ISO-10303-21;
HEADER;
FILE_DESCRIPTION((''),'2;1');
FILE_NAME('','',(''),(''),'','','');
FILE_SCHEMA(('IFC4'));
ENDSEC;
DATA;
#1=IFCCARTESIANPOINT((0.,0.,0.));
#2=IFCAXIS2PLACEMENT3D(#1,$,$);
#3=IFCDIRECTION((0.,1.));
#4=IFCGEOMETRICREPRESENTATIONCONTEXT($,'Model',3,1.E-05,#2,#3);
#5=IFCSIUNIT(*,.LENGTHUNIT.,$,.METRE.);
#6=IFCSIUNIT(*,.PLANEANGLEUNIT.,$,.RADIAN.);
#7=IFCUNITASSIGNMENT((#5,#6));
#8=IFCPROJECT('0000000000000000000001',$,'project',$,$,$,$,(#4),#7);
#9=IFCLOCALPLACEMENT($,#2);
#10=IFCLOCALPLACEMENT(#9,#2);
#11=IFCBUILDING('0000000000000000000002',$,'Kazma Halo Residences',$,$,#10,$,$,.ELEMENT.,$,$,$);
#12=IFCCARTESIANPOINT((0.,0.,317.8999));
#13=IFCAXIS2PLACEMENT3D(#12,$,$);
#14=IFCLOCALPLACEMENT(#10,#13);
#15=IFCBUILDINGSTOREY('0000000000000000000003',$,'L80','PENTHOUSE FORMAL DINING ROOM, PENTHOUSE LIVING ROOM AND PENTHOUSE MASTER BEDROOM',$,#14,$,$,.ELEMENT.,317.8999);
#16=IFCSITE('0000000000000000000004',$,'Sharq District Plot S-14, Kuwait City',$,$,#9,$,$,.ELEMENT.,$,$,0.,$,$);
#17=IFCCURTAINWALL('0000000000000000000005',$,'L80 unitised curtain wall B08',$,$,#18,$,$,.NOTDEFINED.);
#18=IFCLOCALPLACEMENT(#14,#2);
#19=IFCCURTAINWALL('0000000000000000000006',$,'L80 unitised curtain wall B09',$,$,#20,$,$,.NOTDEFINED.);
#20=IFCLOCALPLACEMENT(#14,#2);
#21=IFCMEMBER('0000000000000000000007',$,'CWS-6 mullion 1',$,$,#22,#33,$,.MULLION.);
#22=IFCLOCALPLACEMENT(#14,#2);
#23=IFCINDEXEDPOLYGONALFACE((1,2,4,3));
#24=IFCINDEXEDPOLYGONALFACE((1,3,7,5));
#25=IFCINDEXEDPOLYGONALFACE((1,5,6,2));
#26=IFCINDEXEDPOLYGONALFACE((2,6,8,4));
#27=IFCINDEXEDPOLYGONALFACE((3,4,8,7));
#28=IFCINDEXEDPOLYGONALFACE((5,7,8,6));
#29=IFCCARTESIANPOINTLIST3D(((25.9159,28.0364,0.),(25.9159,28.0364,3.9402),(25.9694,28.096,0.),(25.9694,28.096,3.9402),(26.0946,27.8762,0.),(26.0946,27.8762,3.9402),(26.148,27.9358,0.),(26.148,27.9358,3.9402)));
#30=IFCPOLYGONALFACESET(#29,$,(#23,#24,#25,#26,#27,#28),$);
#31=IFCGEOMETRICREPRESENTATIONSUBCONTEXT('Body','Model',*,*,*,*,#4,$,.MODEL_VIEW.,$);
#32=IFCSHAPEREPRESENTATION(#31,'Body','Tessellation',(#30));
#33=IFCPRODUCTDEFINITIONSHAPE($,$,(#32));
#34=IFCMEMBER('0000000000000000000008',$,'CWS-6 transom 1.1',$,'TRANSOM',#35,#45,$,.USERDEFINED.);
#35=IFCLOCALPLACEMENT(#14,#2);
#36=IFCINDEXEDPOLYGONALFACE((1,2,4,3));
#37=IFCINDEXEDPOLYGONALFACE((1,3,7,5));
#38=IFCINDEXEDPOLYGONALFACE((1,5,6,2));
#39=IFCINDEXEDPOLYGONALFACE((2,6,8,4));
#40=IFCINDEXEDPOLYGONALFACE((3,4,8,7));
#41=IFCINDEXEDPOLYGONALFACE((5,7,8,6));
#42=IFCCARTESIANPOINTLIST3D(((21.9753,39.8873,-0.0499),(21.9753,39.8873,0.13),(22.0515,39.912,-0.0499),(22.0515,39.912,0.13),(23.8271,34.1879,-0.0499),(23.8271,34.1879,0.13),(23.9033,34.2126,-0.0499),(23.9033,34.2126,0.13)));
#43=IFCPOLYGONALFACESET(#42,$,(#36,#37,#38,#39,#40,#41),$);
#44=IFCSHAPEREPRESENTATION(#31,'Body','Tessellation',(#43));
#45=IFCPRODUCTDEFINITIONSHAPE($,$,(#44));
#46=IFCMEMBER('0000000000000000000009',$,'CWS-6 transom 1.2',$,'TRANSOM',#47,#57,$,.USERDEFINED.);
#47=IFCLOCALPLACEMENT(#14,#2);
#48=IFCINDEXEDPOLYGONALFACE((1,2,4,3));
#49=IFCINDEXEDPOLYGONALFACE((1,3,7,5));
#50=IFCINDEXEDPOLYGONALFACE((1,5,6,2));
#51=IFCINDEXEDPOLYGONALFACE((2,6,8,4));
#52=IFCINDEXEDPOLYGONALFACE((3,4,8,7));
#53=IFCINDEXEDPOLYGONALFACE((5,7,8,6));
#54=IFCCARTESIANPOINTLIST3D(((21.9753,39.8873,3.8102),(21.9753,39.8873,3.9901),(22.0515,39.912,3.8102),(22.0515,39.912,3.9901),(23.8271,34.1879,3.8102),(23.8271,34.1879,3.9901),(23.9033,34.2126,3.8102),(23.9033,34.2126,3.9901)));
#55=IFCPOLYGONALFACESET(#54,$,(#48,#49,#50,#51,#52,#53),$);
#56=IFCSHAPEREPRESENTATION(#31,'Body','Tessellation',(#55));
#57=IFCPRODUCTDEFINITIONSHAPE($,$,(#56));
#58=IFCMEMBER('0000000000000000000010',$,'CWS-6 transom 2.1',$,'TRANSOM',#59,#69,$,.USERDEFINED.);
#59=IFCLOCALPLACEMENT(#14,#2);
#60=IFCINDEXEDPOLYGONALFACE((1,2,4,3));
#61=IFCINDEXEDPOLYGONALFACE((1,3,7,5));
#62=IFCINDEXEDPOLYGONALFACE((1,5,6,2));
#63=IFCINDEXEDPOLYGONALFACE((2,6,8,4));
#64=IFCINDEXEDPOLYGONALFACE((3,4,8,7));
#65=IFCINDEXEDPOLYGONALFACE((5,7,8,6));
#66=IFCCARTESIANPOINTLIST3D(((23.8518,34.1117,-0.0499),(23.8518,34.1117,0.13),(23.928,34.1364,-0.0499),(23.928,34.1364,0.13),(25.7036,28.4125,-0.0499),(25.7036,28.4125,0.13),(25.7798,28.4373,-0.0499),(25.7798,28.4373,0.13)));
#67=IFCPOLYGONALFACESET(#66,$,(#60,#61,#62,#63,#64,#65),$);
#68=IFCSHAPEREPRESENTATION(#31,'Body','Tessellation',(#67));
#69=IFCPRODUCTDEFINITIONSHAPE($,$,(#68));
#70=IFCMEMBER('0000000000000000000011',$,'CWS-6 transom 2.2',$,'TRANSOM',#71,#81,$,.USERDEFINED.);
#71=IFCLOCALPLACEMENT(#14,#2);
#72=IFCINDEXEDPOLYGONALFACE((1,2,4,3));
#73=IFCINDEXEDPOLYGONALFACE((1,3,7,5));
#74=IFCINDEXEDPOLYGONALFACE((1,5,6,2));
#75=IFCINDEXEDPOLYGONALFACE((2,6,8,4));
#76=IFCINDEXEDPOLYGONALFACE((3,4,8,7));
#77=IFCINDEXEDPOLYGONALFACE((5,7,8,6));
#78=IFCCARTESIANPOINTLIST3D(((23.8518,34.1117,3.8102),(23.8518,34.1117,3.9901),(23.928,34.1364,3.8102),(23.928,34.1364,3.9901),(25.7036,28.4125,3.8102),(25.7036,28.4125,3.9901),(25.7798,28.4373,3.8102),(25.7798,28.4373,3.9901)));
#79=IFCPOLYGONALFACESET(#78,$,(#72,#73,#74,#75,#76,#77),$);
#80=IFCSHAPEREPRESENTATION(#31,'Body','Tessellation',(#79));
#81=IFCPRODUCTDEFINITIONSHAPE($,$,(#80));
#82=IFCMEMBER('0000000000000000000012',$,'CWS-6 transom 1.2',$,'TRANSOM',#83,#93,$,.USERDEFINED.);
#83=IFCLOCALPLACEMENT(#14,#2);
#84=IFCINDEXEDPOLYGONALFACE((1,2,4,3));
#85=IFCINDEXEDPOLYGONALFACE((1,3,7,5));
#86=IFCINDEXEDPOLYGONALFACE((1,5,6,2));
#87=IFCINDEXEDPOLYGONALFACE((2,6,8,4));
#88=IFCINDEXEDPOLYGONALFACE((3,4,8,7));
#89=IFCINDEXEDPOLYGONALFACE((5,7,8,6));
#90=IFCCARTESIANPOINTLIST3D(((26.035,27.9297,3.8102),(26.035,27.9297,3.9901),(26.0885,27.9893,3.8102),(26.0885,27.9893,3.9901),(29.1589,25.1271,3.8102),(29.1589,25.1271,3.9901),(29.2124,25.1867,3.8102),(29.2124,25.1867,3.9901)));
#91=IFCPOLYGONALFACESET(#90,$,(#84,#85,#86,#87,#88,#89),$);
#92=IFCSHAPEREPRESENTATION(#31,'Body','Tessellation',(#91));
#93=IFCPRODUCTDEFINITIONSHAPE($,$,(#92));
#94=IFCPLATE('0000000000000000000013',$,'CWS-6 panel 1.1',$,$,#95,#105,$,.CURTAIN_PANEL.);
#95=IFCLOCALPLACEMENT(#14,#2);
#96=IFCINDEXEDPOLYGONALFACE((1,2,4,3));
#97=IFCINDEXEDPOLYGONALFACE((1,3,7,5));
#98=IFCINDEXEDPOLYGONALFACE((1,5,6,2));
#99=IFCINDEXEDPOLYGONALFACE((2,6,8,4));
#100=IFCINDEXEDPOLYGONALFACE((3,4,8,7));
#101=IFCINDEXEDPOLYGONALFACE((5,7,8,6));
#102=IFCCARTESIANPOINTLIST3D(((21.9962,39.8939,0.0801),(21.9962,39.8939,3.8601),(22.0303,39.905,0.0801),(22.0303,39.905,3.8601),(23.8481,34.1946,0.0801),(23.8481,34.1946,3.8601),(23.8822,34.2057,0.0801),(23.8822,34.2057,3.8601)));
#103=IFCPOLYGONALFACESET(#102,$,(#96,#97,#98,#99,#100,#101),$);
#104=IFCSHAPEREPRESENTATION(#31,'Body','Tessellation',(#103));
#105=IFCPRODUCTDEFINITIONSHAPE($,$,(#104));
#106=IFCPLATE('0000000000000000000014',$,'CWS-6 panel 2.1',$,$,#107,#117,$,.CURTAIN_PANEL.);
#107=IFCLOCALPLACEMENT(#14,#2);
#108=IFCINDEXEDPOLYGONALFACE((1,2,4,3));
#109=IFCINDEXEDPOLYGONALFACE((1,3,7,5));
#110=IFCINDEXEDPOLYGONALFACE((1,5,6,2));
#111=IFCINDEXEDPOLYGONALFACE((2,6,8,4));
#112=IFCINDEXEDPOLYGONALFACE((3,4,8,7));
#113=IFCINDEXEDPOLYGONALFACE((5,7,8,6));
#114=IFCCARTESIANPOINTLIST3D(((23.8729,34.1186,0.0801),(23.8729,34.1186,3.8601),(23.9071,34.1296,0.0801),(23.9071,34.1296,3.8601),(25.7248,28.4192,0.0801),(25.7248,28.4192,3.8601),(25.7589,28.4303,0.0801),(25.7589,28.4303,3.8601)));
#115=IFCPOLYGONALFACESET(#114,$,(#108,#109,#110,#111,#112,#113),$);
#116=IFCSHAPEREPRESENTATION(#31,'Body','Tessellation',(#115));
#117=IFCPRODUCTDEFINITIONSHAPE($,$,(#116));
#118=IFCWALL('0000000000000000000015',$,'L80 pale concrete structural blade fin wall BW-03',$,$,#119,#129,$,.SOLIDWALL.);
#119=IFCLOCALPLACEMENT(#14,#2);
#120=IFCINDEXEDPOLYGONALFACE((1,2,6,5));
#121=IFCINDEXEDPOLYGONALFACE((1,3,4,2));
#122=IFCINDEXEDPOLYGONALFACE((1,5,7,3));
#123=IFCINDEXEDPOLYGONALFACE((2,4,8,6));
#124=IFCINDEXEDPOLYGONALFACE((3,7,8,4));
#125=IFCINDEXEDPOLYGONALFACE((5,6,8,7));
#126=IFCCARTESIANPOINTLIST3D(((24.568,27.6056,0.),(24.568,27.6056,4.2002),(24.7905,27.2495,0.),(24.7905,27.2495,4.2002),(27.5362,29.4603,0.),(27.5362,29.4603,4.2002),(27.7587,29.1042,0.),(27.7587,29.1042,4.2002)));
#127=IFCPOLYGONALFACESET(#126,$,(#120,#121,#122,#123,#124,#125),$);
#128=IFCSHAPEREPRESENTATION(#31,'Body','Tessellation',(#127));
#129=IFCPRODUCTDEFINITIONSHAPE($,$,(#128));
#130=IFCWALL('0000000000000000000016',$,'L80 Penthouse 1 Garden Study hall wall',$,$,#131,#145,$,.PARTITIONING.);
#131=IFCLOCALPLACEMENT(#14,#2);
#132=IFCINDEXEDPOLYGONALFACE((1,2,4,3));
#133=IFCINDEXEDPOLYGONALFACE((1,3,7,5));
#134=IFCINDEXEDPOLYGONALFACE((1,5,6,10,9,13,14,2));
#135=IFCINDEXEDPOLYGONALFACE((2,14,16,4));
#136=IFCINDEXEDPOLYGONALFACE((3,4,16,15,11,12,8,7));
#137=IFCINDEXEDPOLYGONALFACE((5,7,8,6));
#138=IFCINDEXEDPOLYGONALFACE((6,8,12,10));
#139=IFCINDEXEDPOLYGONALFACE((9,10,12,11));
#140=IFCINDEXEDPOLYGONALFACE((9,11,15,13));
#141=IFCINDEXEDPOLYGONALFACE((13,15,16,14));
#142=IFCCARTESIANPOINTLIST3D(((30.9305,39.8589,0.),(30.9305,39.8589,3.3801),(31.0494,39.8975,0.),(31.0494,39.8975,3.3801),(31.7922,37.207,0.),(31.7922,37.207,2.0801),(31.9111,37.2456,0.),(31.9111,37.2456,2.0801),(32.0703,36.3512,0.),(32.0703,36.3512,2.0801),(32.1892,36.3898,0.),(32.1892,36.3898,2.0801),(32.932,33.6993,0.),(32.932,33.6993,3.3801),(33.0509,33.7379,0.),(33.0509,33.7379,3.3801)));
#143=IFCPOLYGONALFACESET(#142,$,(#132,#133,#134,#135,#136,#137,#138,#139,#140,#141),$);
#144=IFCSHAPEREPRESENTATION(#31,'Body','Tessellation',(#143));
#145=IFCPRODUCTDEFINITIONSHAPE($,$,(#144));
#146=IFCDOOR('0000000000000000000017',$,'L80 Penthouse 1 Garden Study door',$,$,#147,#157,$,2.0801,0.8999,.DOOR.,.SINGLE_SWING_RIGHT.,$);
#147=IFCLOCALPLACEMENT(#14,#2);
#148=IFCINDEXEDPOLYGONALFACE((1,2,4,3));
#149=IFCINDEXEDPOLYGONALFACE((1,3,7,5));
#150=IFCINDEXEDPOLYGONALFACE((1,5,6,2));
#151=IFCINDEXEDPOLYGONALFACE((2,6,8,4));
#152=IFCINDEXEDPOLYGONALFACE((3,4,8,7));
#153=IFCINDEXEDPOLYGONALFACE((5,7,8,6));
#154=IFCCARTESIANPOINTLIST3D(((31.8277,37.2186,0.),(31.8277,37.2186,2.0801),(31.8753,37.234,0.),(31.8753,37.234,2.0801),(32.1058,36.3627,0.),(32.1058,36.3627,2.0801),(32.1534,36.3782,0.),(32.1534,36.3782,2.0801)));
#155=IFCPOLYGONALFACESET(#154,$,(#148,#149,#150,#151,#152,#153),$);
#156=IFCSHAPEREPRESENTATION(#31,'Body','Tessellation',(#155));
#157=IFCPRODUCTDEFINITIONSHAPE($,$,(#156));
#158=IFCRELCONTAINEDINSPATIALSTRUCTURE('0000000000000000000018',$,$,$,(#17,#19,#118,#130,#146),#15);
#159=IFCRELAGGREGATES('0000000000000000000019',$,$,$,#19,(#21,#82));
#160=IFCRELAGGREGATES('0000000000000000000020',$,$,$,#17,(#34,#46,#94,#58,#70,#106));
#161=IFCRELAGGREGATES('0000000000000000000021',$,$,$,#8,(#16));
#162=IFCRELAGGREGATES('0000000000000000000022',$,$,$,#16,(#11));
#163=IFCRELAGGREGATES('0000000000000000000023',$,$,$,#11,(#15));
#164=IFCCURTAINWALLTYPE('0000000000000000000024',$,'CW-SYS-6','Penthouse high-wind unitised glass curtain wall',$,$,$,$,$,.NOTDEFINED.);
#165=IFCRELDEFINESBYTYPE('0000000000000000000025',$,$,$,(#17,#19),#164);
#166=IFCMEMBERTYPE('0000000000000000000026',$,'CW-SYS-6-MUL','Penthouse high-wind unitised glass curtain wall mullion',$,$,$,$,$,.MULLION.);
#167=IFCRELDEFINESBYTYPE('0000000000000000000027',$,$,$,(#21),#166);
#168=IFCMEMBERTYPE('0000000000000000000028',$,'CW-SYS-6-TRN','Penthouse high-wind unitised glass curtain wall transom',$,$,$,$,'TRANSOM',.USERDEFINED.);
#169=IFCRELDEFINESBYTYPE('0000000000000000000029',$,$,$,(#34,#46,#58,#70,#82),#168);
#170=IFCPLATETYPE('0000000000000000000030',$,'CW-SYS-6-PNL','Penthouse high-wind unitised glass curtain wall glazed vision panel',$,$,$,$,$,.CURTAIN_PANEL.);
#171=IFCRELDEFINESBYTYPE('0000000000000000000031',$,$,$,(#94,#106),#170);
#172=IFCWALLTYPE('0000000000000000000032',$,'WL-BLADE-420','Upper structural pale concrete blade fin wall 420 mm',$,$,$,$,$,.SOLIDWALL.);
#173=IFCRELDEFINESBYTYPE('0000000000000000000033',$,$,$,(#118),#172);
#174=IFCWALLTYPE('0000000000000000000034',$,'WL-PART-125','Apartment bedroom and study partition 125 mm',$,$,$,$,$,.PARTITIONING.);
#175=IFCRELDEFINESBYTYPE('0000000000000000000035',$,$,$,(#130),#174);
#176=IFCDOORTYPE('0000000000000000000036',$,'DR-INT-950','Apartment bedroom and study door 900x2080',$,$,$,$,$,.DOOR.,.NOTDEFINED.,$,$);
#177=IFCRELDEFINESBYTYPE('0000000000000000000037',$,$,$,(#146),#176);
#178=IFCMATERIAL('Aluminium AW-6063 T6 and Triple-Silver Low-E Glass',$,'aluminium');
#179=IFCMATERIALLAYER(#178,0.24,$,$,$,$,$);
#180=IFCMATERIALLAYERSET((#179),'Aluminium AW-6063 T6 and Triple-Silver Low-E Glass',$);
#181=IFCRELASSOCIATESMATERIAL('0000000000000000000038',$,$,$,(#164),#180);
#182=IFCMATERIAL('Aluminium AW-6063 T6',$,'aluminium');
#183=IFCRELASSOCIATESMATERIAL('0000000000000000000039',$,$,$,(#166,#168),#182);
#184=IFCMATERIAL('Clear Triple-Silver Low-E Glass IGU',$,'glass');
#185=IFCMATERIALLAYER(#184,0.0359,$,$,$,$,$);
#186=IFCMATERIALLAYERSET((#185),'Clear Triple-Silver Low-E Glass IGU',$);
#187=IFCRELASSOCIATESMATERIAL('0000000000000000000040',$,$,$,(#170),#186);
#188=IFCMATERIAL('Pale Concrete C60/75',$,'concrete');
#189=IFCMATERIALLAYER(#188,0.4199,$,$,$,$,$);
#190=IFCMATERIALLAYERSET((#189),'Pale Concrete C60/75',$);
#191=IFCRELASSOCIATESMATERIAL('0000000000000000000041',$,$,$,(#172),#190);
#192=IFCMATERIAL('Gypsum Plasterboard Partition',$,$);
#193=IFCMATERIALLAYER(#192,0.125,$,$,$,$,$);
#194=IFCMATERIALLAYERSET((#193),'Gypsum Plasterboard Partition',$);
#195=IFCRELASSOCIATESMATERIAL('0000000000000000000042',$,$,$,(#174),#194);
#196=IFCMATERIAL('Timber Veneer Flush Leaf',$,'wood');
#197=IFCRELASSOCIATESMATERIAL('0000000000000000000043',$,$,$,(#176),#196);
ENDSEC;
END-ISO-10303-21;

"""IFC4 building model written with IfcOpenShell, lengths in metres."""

from ifc_helpers import new_model, si_unit, direction, frame, frame_2d, origin, origin_2d, place, context, subcontext, project, spatial, rectangle, extrude, material, layer, layer_set, material_profile, profile_set, type_object, element, fill, aggregate, save


model = new_model("IFC4")

# Units and contexts
model_context = context("Model", 3, precision=1e-05, world=origin(), true_north=direction((0.0, 1.0)))
body_context = subcontext(model_context, "Body", "Model", "MODEL_VIEW")
ifc_project = project(units=[si_unit("LENGTHUNIT", "METRE"), si_unit("PLANEANGLEUNIT", "RADIAN")], contexts=[model_context])

# Site, building, storey
site_placement = place(None, origin())
site = spatial("IfcSite", under=ifc_project, at=site_placement, Name="Sharq District Plot S-14, Kuwait City", CompositionType="ELEMENT", RefElevation=0.0)
building_placement = place(site_placement, origin())
building = spatial("IfcBuilding", under=site, at=building_placement, Name="Kazma Halo Residences", CompositionType="ELEMENT")
storey_placement = place(building_placement, frame((0.0, 0.0, 317.8999)))
storey = spatial("IfcBuildingStorey", under=building, at=storey_placement, Name="L80", Description="PENTHOUSE FORMAL DINING ROOM, PENTHOUSE LIVING ROOM AND PENTHOUSE MASTER BEDROOM", CompositionType="ELEMENT", Elevation=317.8999)

# Curtain wall
ifc_material_1 = material(Name="Aluminium AW-6063 T6 and Triple-Silver Low-E Glass", Category="aluminium")
ifc_layer_1 = layer(ifc_material_1, 0.24)
ifc_layer_set_1 = layer_set([ifc_layer_1], Name="Aluminium AW-6063 T6 and Triple-Silver Low-E Glass")
curtain_wall_type = type_object("IfcCurtainWallType", Name="CW-SYS-6", Description="Penthouse high-wind unitised glass curtain wall", PredefinedType="NOTDEFINED", material=ifc_layer_set_1)
curtain_wall_1_placement = place(storey_placement, origin())
curtain_wall_1 = element("IfcCurtainWall", 1, at=curtain_wall_1_placement, inside=storey, type_object=curtain_wall_type, Name="L80 unitised curtain wall B08", PredefinedType="NOTDEFINED")
ifc_material_2 = material(Name="Aluminium AW-6063 T6", Category="aluminium")
ifc_material_profile_1 = material_profile(ifc_material_2, rectangle(XDim=0.0801, YDim=0.24, at=origin_2d()), Name="CWM-80x240")
ifc_profile_set_1 = profile_set([ifc_material_profile_1], Name="Aluminium AW-6063 T6")
member_type_1 = type_object("IfcMemberType", Name="CW-SYS-6-MUL", Description="Penthouse high-wind unitised glass curtain wall mullion", PredefinedType="MULLION", material=ifc_profile_set_1)

# Curtain wall, member
curtain_wall_2_placement = place(storey_placement, origin())
curtain_wall_2 = element("IfcCurtainWall", 2, at=curtain_wall_2_placement, inside=storey, type_object=curtain_wall_type, Name="L80 unitised curtain wall B09", PredefinedType="NOTDEFINED")
member_1_placement = place(storey_placement, frame((26.032, 27.9861, 0.0), z_axis=(0.0, 0.0, 1.0), x_axis=(0.667758, 0.744379, 0.0)))
member_1 = element("IfcMember", 3, at=member_1_placement, type_object=member_type_1, Name="CWS-6 mullion 1", PredefinedType="MULLION", context=body_context, shape_type="SweptSolid", body=[
    extrude(rectangle(XDim=0.0801, YDim=0.24, at=origin_2d()), origin(), (0.0, 0.0, 1.0), 3.9402),
])

# Members
ifc_material_profile_2 = material_profile(ifc_material_2, rectangle(XDim=0.0801, YDim=0.1799, at=origin_2d()), Name="CWT-80x180")
ifc_profile_set_2 = profile_set([ifc_material_profile_2], Name="Aluminium AW-6063 T6")
member_type_2 = type_object("IfcMemberType", Name="CW-SYS-6-TRN", Description="Penthouse high-wind unitised glass curtain wall transom", ElementType="TRANSOM", PredefinedType="USERDEFINED", material=ifc_profile_set_2)
member_2_placement = place(storey_placement, frame((22.0134, 39.8997, 0.04), z_axis=(0.309008, -0.95106, 0.0), x_axis=(0.95106, 0.309008, 0.0)))
member_2 = element("IfcMember", 4, at=member_2_placement, type_object=member_type_2, Name="CWS-6 transom 1.1", ObjectType="TRANSOM", PredefinedType="USERDEFINED", context=body_context, shape_type="SweptSolid", body=[
    extrude(rectangle(XDim=0.0801, YDim=0.1799, at=origin_2d()), origin(), (0.0, 0.0, 1.0), 5.9927),
])
member_3_placement = place(storey_placement, frame((22.0134, 39.8997, 3.9001), z_axis=(0.309008, -0.95106, 0.0), x_axis=(0.95106, 0.309008, 0.0)))
member_3 = element("IfcMember", 5, at=member_3_placement, type_object=member_type_2, Name="CWS-6 transom 1.2", ObjectType="TRANSOM", PredefinedType="USERDEFINED", context=body_context, shape_type="SweptSolid", body=[
    extrude(rectangle(XDim=0.0801, YDim=0.1799, at=origin_2d()), origin(), (0.0, 0.0, 1.0), 5.9927),
])
member_4_placement = place(storey_placement, frame((23.8899, 34.124, 0.04), z_axis=(0.30902, -0.951056, 0.0), x_axis=(0.951056, 0.30902, 0.0)))
member_4 = element("IfcMember", 6, at=member_4_placement, type_object=member_type_2, Name="CWS-6 transom 2.1", ObjectType="TRANSOM", PredefinedType="USERDEFINED", context=body_context, shape_type="SweptSolid", body=[
    extrude(rectangle(XDim=0.0801, YDim=0.1799, at=origin_2d()), origin(), (0.0, 0.0, 1.0), 5.9924),
])
member_5_placement = place(storey_placement, frame((23.8899, 34.124, 3.9001), z_axis=(0.30902, -0.951056, 0.0), x_axis=(0.951056, 0.30902, 0.0)))
member_5 = element("IfcMember", 7, at=member_5_placement, type_object=member_type_2, Name="CWS-6 transom 2.2", ObjectType="TRANSOM", PredefinedType="USERDEFINED", context=body_context, shape_type="SweptSolid", body=[
    extrude(rectangle(XDim=0.0801, YDim=0.1799, at=origin_2d()), origin(), (0.0, 0.0, 1.0), 5.9924),
])
member_6_placement = place(storey_placement, frame((26.0618, 27.9595, 3.9001), z_axis=(0.744349, -0.667791, 0.0), x_axis=(0.667791, 0.744349, 0.0)))
member_6 = element("IfcMember", 8, at=member_6_placement, type_object=member_type_2, Name="CWS-6 transom 1.2", ObjectType="TRANSOM", PredefinedType="USERDEFINED", context=body_context, shape_type="SweptSolid", body=[
    extrude(rectangle(XDim=0.0801, YDim=0.1799, at=origin_2d()), origin(), (0.0, 0.0, 1.0), 4.1968),
])
aggregate(curtain_wall_2, [member_1, member_6])

# Plates
ifc_material_3 = material(Name="Clear Triple-Silver Low-E Glass IGU", Category="glass")
ifc_layer_2 = layer(ifc_material_3, 0.0359)
ifc_layer_set_2 = layer_set([ifc_layer_2], Name="Clear Triple-Silver Low-E Glass IGU")
plate_type = type_object("IfcPlateType", Name="CW-SYS-6-PNL", Description="Penthouse high-wind unitised glass curtain wall glazed vision panel", PredefinedType="CURTAIN_PANEL", material=ifc_layer_set_2)
plate_1_placement = place(storey_placement, frame((22.9392, 37.0498, 0.0801), z_axis=(0.0, 0.0, 1.0), x_axis=(0.309019, -0.951056, 0.0)))
plate_1 = element("IfcPlate", 9, at=plate_1_placement, type_object=plate_type, Name="CWS-6 panel 1.1", PredefinedType="CURTAIN_PANEL", context=body_context, shape_type="SweptSolid", body=[
    extrude(rectangle(XDim=5.9927, YDim=0.0359, at=origin_2d()), origin(), (0.0, 0.0, 1.0), 3.78),
])
plate_2_placement = place(storey_placement, frame((24.8159, 31.2744, 0.0801), z_axis=(0.0, 0.0, 1.0), x_axis=(0.309019, -0.951056, 0.0)))
plate_2 = element("IfcPlate", 10, at=plate_2_placement, type_object=plate_type, Name="CWS-6 panel 2.1", PredefinedType="CURTAIN_PANEL", context=body_context, shape_type="SweptSolid", body=[
    extrude(rectangle(XDim=5.9927, YDim=0.0359, at=origin_2d()), origin(), (0.0, 0.0, 1.0), 3.78),
])
aggregate(curtain_wall_1, [member_2, member_3, plate_1, member_4, member_5, plate_2])

# Wall
ifc_material_4 = material(Name="Pale Concrete C60/75", Category="concrete")
ifc_layer_3 = layer(ifc_material_4, 0.4199)
ifc_layer_set_3 = layer_set([ifc_layer_3], Name="Pale Concrete C60/75")
wall_type_1 = type_object("IfcWallType", Name="WL-BLADE-420", Description="Upper structural pale concrete blade fin wall 420 mm", PredefinedType="SOLIDWALL", material=ifc_layer_set_3)
wall_1_placement = place(storey_placement, frame((27.6475, 29.2822, 0.0), z_axis=(0.0, 0.0, 1.0), x_axis=(-0.848053, -0.529911, 0.0)))
element("IfcWall", 11, at=wall_1_placement, inside=storey, type_object=wall_type_1, Name="L80 pale concrete structural blade fin wall BW-03", PredefinedType="SOLIDWALL", context=body_context, shape_type="SweptSolid", body=[
    extrude(rectangle(XDim=3.5, YDim=0.4199, at=frame_2d((1.75, 0.0))), origin(), (0.0, 0.0, 1.0), 4.2002),
])

# Wall, opening, door
ifc_material_5 = material(Name="Gypsum Plasterboard Partition")
ifc_layer_4 = layer(ifc_material_5, 0.125)
ifc_layer_set_4 = layer_set([ifc_layer_4], Name="Gypsum Plasterboard Partition")
wall_type_2 = type_object("IfcWallType", Name="WL-PART-125", Description="Apartment bedroom and study partition 125 mm", PredefinedType="PARTITIONING", material=ifc_layer_set_4)
wall_2_placement = place(storey_placement, frame((30.99, 39.8782, 0.0), z_axis=(0.0, 0.0, 1.0), x_axis=(0.309026, -0.951053, 0.0)))
wall_2 = element("IfcWall", 12, at=wall_2_placement, inside=storey, type_object=wall_type_2, Name="L80 Penthouse 1 Garden Study hall wall", PredefinedType="PARTITIONING", context=body_context, shape_type="SweptSolid", body=[
    extrude(rectangle(XDim=6.4766, YDim=0.125, at=frame_2d((3.2383, 0.0))), origin(), (0.0, 0.0, 1.0), 3.3801),
])
opening_1_placement = place(wall_2_placement, frame((2.7883, 0.0, 0.0)))
opening_1 = element("IfcOpeningElement", 13, at=opening_1_placement, cuts=wall_2, PredefinedType="OPENING", context=body_context, shape_type="SweptSolid", body=[
    extrude(rectangle(XDim=0.8999, YDim=2.0801, at=frame_2d((0.45, 1.04))), frame((0.0, 0.0725, 0.0), z_axis=(0.0, -1.0, 0.0), x_axis=(1.0, 0.0, 0.0)), (0.0, 0.0, 1.0), 0.145),
])
ifc_material_6 = material(Name="Timber Veneer Flush Leaf", Category="wood")
door_type_1 = type_object("IfcDoorType", Name="DR-INT-950", Description="Apartment bedroom and study door 900x2080", OperationType="NOTDEFINED", PredefinedType="DOOR", material=ifc_material_6)
door_1_placement = place(opening_1_placement, origin())
door_1 = element("IfcDoor", 14, at=door_1_placement, inside=storey, type_object=door_type_1, Name="L80 Penthouse 1 Garden Study door", OperationType="SINGLE_SWING_RIGHT", OverallHeight=2.0801, OverallWidth=0.8999, PredefinedType="DOOR", context=body_context, shape_type="SweptSolid", body=[
    extrude(rectangle(XDim=0.8999, YDim=2.0801, at=frame_2d((0.45, 1.04))), frame((0.0, 0.0249, 0.0), z_axis=(0.0, -1.0, 0.0), x_axis=(1.0, 0.0, 0.0)), (0.0, 0.0, 1.0), 0.05),
])
fill(opening_1, door_1)

save(model, "model.ifc")
